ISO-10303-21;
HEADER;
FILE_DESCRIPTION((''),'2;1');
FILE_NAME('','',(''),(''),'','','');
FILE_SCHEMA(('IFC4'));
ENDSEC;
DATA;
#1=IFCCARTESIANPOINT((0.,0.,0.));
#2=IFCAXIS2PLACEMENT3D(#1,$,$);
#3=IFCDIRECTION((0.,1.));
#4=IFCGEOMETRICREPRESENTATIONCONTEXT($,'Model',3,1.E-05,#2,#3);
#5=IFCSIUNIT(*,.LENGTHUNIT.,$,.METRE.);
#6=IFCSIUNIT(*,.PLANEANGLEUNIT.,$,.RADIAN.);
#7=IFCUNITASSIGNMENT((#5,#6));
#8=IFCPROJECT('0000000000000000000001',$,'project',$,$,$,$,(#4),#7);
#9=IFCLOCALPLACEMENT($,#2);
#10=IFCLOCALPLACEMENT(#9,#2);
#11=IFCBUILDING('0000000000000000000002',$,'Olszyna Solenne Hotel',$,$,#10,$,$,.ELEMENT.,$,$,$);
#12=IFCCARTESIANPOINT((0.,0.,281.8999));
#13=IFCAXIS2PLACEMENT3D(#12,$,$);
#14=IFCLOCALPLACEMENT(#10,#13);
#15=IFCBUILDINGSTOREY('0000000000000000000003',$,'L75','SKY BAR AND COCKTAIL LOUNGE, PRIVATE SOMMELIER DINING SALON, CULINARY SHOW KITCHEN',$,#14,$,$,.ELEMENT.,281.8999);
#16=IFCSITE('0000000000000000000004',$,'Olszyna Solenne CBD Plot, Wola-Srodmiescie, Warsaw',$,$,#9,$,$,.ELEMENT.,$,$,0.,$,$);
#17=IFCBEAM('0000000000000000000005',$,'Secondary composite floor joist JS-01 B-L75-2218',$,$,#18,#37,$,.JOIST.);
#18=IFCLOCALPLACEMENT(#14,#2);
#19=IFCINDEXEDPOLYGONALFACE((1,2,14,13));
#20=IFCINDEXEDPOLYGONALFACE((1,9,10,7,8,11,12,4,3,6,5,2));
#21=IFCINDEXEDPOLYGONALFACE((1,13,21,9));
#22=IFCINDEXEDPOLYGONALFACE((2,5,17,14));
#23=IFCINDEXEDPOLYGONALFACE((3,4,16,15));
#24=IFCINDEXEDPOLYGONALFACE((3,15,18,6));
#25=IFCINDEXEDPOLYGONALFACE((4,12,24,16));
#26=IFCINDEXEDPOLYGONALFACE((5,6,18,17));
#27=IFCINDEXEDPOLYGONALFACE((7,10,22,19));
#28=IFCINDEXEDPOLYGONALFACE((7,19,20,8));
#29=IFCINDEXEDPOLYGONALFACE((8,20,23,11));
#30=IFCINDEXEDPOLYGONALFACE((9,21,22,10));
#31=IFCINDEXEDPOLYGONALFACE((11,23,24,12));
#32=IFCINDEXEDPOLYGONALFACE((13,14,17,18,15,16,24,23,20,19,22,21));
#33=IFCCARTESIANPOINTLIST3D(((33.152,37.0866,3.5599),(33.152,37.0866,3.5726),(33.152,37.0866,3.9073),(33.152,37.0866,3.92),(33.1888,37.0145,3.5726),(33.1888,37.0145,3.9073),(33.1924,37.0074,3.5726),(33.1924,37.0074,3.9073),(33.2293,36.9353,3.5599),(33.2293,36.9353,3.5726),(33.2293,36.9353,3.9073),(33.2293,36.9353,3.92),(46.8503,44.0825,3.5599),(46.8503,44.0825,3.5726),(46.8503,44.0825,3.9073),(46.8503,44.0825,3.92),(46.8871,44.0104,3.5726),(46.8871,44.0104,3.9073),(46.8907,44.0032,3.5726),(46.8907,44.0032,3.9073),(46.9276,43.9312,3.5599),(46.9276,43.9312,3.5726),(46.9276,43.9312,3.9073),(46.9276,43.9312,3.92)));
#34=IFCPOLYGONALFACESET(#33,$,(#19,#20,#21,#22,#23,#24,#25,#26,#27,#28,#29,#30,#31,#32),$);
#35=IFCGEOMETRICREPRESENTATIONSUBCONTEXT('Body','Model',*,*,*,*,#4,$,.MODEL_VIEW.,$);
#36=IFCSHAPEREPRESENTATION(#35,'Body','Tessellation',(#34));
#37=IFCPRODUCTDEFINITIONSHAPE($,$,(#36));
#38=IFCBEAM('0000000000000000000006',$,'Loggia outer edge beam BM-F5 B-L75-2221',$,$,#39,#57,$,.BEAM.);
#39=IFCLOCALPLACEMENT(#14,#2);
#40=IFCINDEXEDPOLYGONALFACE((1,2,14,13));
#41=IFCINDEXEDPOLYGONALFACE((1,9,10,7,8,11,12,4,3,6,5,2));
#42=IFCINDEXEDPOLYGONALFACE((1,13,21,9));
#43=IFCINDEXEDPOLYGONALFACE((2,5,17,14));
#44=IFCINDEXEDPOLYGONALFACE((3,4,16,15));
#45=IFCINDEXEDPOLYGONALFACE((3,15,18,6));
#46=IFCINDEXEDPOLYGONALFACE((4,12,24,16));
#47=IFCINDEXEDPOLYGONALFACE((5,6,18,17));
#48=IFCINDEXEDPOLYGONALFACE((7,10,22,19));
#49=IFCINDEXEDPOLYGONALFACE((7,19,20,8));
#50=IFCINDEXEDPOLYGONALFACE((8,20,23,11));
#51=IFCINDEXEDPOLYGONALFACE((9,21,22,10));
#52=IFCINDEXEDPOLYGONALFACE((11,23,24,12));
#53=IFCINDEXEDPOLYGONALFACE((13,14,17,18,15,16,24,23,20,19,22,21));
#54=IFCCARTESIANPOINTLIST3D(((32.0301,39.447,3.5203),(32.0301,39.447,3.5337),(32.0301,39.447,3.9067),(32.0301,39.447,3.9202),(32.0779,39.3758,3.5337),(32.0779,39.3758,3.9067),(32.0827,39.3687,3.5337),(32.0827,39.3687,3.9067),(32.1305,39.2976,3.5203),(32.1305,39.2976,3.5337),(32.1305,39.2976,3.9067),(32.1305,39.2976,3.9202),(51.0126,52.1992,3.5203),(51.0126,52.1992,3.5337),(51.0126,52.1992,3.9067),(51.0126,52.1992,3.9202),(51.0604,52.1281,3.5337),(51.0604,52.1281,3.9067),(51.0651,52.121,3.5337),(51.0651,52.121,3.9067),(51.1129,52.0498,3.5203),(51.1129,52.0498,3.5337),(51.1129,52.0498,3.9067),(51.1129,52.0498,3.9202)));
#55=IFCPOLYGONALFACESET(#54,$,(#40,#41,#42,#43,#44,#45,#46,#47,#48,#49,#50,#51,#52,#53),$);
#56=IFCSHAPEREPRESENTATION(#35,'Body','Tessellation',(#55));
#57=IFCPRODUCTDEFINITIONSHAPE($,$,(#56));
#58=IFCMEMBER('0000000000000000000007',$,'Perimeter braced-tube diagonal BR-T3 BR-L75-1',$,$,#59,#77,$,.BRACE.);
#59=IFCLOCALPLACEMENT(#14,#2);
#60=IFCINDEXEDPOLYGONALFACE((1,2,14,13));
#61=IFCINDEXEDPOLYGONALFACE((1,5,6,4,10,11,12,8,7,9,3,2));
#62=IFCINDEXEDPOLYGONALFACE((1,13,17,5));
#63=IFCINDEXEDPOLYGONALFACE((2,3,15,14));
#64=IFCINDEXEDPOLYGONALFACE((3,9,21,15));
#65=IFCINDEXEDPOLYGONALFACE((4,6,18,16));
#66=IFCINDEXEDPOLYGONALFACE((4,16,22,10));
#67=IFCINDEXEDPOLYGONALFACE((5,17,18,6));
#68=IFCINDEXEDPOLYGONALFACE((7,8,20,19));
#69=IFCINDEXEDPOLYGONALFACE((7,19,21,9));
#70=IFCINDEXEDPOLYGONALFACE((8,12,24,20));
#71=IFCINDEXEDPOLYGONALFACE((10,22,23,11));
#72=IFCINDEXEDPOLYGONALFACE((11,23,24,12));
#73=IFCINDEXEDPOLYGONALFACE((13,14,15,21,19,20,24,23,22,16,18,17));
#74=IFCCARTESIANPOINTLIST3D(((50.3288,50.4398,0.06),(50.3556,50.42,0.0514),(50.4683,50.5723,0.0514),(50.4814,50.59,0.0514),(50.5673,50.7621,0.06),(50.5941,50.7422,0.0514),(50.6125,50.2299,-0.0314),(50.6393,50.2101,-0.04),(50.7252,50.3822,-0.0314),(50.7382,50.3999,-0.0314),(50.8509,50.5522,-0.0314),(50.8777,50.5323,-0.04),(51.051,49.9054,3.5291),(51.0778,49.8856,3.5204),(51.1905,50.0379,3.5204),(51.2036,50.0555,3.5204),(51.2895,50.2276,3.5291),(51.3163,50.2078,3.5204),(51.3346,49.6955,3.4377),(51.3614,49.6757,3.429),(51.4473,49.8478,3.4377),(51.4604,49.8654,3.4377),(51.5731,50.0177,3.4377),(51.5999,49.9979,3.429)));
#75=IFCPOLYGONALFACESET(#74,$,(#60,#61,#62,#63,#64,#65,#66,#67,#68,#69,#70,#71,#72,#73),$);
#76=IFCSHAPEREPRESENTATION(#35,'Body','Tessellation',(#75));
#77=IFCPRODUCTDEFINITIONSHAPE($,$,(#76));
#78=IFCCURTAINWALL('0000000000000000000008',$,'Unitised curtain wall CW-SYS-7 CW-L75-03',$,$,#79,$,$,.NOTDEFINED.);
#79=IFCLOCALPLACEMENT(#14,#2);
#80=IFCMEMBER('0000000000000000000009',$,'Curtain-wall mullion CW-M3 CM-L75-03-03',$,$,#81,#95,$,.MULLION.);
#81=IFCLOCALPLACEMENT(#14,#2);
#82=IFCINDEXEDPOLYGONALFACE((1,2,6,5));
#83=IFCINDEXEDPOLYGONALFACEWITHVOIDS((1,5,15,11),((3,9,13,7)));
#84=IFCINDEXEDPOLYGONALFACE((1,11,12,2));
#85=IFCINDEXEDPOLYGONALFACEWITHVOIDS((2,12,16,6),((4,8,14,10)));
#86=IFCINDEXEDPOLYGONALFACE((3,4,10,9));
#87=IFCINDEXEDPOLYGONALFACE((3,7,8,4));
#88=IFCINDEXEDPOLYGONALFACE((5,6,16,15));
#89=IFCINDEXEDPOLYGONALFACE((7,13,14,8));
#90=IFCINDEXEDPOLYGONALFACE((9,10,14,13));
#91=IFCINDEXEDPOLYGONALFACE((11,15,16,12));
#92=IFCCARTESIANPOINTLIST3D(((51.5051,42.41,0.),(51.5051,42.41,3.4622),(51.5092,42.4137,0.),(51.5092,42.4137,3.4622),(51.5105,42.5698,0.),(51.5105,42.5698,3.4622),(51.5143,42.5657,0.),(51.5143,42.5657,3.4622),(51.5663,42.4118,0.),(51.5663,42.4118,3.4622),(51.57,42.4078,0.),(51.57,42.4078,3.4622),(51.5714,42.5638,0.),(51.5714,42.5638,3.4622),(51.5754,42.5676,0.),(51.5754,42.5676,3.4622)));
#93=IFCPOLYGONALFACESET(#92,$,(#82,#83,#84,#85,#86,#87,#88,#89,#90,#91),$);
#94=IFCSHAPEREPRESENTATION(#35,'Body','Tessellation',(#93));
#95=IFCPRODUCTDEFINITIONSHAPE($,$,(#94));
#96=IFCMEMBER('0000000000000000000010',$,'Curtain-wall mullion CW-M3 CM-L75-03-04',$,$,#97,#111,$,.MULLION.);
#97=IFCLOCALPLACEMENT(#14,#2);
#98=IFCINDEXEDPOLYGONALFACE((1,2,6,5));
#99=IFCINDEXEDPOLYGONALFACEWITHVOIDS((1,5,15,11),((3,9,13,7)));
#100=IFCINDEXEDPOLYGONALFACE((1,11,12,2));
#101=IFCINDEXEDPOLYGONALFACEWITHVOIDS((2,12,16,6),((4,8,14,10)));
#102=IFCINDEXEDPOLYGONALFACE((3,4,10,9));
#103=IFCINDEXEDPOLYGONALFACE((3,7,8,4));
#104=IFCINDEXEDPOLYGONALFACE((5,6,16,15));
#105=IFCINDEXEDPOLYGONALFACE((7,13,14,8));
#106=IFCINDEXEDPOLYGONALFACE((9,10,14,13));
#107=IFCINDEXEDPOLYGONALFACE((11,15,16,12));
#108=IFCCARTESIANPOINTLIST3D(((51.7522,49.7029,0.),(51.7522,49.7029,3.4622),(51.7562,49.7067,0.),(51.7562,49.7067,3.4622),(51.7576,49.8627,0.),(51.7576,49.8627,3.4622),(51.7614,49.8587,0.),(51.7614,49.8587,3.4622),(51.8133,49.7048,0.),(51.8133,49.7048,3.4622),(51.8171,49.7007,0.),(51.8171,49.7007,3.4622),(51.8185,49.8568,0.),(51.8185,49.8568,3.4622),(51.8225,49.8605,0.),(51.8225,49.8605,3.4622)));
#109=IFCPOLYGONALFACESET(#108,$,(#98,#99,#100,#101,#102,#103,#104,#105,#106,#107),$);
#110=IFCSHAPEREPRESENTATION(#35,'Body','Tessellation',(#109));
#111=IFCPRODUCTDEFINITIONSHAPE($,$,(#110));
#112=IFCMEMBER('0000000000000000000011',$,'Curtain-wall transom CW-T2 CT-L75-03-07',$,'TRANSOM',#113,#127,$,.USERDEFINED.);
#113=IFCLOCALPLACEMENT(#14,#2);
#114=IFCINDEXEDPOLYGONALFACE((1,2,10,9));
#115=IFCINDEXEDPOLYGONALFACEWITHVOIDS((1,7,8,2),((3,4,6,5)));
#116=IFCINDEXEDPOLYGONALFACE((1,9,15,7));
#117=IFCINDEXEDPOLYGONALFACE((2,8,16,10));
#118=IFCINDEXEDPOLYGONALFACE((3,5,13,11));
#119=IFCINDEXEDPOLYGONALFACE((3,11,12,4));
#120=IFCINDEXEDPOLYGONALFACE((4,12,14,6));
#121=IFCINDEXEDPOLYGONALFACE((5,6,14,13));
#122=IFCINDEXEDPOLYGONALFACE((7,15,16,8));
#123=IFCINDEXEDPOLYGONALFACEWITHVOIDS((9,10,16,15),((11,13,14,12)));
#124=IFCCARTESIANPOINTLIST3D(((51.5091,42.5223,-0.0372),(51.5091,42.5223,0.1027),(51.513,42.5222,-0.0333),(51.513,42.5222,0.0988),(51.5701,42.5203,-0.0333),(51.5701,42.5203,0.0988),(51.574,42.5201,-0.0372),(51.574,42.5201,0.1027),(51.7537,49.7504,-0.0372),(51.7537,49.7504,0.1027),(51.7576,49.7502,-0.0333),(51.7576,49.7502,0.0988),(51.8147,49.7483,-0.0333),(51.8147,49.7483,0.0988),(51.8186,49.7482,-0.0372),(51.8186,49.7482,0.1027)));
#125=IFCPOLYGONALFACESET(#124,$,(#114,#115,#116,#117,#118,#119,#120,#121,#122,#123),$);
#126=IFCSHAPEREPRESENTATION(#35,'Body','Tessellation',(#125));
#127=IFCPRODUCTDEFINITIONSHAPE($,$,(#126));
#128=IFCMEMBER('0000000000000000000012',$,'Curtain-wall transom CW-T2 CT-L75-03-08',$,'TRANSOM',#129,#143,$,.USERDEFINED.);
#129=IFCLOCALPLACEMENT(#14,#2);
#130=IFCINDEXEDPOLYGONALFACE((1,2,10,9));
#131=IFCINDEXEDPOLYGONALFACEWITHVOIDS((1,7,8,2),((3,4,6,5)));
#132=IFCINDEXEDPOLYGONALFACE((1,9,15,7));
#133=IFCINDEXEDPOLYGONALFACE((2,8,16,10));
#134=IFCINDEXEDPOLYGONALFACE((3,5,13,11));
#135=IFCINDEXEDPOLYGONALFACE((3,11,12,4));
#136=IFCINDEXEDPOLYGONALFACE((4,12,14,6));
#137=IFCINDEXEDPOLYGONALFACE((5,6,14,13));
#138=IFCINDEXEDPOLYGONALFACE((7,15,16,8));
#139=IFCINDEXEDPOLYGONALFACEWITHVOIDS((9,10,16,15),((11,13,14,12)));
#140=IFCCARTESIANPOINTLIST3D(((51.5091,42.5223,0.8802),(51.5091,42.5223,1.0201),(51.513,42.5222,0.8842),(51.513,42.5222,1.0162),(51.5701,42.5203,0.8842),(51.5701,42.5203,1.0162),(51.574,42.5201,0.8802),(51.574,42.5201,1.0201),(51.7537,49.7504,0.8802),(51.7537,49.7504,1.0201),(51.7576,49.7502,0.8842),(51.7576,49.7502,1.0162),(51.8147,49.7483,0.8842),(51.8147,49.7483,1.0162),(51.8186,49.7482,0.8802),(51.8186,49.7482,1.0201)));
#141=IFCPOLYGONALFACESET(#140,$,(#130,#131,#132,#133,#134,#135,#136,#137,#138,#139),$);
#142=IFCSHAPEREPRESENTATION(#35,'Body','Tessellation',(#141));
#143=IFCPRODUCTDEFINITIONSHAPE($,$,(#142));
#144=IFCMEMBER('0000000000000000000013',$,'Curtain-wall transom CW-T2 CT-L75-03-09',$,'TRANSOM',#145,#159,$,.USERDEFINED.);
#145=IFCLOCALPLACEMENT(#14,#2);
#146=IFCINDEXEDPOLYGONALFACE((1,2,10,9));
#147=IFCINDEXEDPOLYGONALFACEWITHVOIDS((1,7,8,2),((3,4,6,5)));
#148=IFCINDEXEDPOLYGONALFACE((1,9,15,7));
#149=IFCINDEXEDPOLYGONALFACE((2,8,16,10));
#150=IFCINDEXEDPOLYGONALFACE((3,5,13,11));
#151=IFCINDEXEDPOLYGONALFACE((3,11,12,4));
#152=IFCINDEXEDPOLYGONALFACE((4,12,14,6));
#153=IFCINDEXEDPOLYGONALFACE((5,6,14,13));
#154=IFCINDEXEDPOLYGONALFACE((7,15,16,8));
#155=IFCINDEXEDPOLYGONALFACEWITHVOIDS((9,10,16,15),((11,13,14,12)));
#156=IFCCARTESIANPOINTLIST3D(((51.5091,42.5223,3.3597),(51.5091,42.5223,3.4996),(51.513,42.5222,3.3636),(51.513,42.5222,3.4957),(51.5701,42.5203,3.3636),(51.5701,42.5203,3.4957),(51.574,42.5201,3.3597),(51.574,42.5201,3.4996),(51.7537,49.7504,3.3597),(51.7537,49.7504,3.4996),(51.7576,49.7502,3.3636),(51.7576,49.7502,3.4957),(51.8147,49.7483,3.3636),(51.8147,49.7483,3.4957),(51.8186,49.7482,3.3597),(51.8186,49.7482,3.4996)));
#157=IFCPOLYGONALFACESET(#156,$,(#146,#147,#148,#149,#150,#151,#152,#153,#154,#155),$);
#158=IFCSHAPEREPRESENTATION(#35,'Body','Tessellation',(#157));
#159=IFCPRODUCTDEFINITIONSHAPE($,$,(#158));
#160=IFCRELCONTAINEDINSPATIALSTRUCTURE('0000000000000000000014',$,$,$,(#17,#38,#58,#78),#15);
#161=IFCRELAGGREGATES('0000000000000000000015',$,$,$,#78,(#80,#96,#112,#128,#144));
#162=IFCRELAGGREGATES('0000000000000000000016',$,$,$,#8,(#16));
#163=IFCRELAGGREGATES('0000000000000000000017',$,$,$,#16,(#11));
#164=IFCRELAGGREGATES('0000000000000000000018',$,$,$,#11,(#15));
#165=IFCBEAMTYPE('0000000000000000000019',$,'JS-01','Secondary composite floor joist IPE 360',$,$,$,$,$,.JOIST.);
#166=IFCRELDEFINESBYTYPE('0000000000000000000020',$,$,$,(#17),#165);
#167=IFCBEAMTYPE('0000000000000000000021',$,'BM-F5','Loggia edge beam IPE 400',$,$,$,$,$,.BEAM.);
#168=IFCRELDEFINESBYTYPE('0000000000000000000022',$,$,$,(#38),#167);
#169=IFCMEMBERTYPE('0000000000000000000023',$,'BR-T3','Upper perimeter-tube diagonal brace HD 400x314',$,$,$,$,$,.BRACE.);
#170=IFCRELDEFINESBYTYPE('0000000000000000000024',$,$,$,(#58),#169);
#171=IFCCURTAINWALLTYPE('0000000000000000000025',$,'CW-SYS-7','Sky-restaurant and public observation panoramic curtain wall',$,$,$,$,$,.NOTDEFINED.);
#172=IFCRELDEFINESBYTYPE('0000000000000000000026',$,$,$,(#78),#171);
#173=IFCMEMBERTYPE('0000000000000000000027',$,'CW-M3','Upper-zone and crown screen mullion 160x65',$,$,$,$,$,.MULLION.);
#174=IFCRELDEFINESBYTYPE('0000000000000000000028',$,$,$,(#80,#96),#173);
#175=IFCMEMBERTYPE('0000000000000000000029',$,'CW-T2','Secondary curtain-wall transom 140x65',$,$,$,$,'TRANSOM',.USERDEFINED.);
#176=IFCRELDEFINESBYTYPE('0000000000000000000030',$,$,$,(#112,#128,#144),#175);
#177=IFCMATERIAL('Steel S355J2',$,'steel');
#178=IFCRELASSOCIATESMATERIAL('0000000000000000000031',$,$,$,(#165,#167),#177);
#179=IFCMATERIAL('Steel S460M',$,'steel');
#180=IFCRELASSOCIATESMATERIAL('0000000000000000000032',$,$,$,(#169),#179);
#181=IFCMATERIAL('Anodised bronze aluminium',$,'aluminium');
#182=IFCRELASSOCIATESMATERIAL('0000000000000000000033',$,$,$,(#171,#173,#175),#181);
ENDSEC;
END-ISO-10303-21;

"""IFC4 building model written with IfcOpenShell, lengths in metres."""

from ifc_helpers import new_model, si_unit, direction, frame, origin, origin_2d, place, context, subcontext, project, spatial, hollow_rectangle, i_section, extrude, source, transform, mapped, material, material_profile, profile_set, type_object, element, aggregate, save


model = new_model("IFC4")

# Units and contexts
model_context = context("Model", 3, precision=1e-05, world=origin(), true_north=direction((0.0, 1.0)))
body_context = subcontext(model_context, "Body", "Model", "MODEL_VIEW")
ifc_project = project(units=[si_unit("LENGTHUNIT", "METRE"), si_unit("PLANEANGLEUNIT", "RADIAN")], contexts=[model_context])

# Site, building, storey
site_placement = place(None, origin())
site = spatial("IfcSite", under=ifc_project, at=site_placement, Name="Olszyna Solenne CBD Plot, Wola-Srodmiescie, Warsaw", CompositionType="ELEMENT", RefElevation=0.0)
building_placement = place(site_placement, origin())
building = spatial("IfcBuilding", under=site, at=building_placement, Name="Olszyna Solenne Hotel", CompositionType="ELEMENT")
storey_placement = place(building_placement, frame((0.0, 0.0, 281.8999)))
storey = spatial("IfcBuildingStorey", under=building, at=storey_placement, Name="L75", Description="SKY BAR AND COCKTAIL LOUNGE, PRIVATE SOMMELIER DINING SALON, CULINARY SHOW KITCHEN", CompositionType="ELEMENT", Elevation=281.8999)

# Shared definitions
ifc_material_1 = material(Name="Steel S460M", Category="steel")

# Beams
ifc_material_2 = material(Name="Steel S355J2", Category="steel")
ifc_material_profile_1 = material_profile(ifc_material_2, i_section(OverallWidth=0.1699, OverallDepth=0.3601, WebThickness=0.0081, FlangeThickness=0.0127, at=origin_2d()), Name="IPE 360", Category="load-bearing")
ifc_profile_set_1 = profile_set([ifc_material_profile_1], Name="Steel S355J2")
beam_type_1 = type_object("IfcBeamType", Name="JS-01", Description="Secondary composite floor joist IPE 360", PredefinedType="JOIST", material=ifc_profile_set_1)
shared_shape_1 = source(origin(), body_context, "Body", "SweptSolid", [
    extrude(i_section(OverallWidth=0.1699, OverallDepth=0.3601, WebThickness=0.0081, FlangeThickness=0.0127, at=origin_2d()), origin(), (0.0, 0.0, 1.0), 15.3813),
])
beam_1_placement = place(storey_placement, frame((46.8889, 44.0068, 3.74), z_axis=(-0.890579, -0.454829, 0.0), x_axis=(0.454829, -0.890579, 0.0)))
element("IfcBeam", 1, at=beam_1_placement, inside=storey, type_object=beam_type_1, Name="Secondary composite floor joist JS-01 B-L75-2218", PredefinedType="JOIST", context=body_context, shape_type="MappedRepresentation", body=[
    mapped(shared_shape_1, transform((0.0, 0.0, 0.0), x_axis=(1.0, 0.0, 0.0), y_axis=(0.0, 1.0, 0.0), z_axis=(0.0, 0.0, 1.0), scale=1.0)),
])
ifc_material_profile_2 = material_profile(ifc_material_2, i_section(OverallWidth=0.1799, OverallDepth=0.3999, WebThickness=0.0085, FlangeThickness=0.0134, at=origin_2d()), Name="IPE 400", Category="load-bearing")
ifc_profile_set_2 = profile_set([ifc_material_profile_2], Name="Steel S355J2")
beam_type_2 = type_object("IfcBeamType", Name="BM-F5", Description="Loggia edge beam IPE 400", PredefinedType="BEAM", material=ifc_profile_set_2)
shared_shape_2 = source(origin(), body_context, "Body", "SweptSolid", [
    extrude(i_section(OverallWidth=0.1799, OverallDepth=0.3999, WebThickness=0.0085, FlangeThickness=0.0134, at=origin_2d()), origin(), (0.0, 0.0, 1.0), 22.8682),
])
beam_2_placement = place(storey_placement, frame((51.0627, 52.1245, 3.7202), z_axis=(-0.830082, -0.557641, 0.0), x_axis=(0.557641, -0.830082, 0.0)))
element("IfcBeam", 2, at=beam_2_placement, inside=storey, type_object=beam_type_2, Name="Loggia outer edge beam BM-F5 B-L75-2221", PredefinedType="BEAM", context=body_context, shape_type="MappedRepresentation", body=[
    mapped(shared_shape_2, transform((0.0, 0.0, 0.0), x_axis=(1.0, 0.0, 0.0), y_axis=(0.0, 1.0, 0.0), z_axis=(0.0, 0.0, 1.0), scale=1.0)),
])

# Member
ifc_material_profile_3 = material_profile(ifc_material_1, i_section(OverallWidth=0.4009, OverallDepth=0.3989, WebThickness=0.022, FlangeThickness=0.0344, at=origin_2d()), Name="HD 400x314", Category="load-bearing")
ifc_profile_set_3 = profile_set([ifc_material_profile_3], Name="Steel S460M")
member_type_1 = type_object("IfcMemberType", Name="BR-T3", Description="Upper perimeter-tube diagonal brace HD 400x314", PredefinedType="BRACE", material=ifc_profile_set_3)
shared_shape_3 = source(origin(), body_context, "Body", "SweptSolid", [
    extrude(i_section(OverallWidth=0.4009, OverallDepth=0.3989, WebThickness=0.022, FlangeThickness=0.0344, at=origin_2d()), origin(), (0.0, 0.0, 1.0), 3.5835),
])
member_1_placement = place(storey_placement, frame((50.6033, 50.4861, 0.01), z_axis=(0.201529, -0.149137, 0.968062), x_axis=(0.594857, 0.803832, 0.0)))
element("IfcMember", 3, at=member_1_placement, inside=storey, type_object=member_type_1, Name="Perimeter braced-tube diagonal BR-T3 BR-L75-1", PredefinedType="BRACE", context=body_context, shape_type="MappedRepresentation", body=[
    mapped(shared_shape_3, transform((0.0, 0.0, 0.0), x_axis=(1.0, 0.0, 0.0), y_axis=(0.0, 1.0, 0.0), z_axis=(0.0, 0.0, 1.0), scale=1.0)),
])

# Curtain wall, members
ifc_material_3 = material(Name="Anodised bronze aluminium", Category="aluminium")
curtain_wall_type = type_object("IfcCurtainWallType", Name="CW-SYS-7", Description="Sky-restaurant and public observation panoramic curtain wall", PredefinedType="NOTDEFINED", material=ifc_material_3)
curtain_wall_placement = place(storey_placement, origin())
curtain_wall = element("IfcCurtainWall", 4, at=curtain_wall_placement, inside=storey, type_object=curtain_wall_type, Name="Unitised curtain wall CW-SYS-7 CW-L75-03", PredefinedType="NOTDEFINED")
ifc_material_profile_4 = material_profile(ifc_material_3, hollow_rectangle(XDim=0.0649, YDim=0.1599, WallThickness=0.0039, at=origin_2d()), Name="MULL 160x65x4", Category="load-bearing")
ifc_profile_set_4 = profile_set([ifc_material_profile_4], Name="Anodised bronze aluminium")
member_type_2 = type_object("IfcMemberType", Name="CW-M3", Description="Upper-zone and crown screen mullion 160x65", PredefinedType="MULLION", material=ifc_profile_set_4)
shared_shape_4 = source(origin(), body_context, "Body", "SweptSolid", [
    extrude(hollow_rectangle(XDim=0.0649, YDim=0.1599, WallThickness=0.0039, at=origin_2d()), origin(), (0.0, 0.0, 1.0), 3.4622),
])
member_2_placement = place(storey_placement, frame((51.5403, 42.4888, 0.0), z_axis=(0.0, 0.0, 1.0), x_axis=(-0.999427, 0.033835, 0.0)))
member_2 = element("IfcMember", 5, at=member_2_placement, type_object=member_type_2, Name="Curtain-wall mullion CW-M3 CM-L75-03-03", PredefinedType="MULLION", context=body_context, shape_type="MappedRepresentation", body=[
    mapped(shared_shape_4, transform((0.0, 0.0, 0.0), x_axis=(1.0, 0.0, 0.0), y_axis=(0.0, 1.0, 0.0), z_axis=(0.0, 0.0, 1.0), scale=1.0)),
])
member_3_placement = place(storey_placement, frame((51.7874, 49.7817, 0.0), z_axis=(0.0, 0.0, 1.0), x_axis=(-0.999427, 0.033835, 0.0)))
member_3 = element("IfcMember", 6, at=member_3_placement, type_object=member_type_2, Name="Curtain-wall mullion CW-M3 CM-L75-03-04", PredefinedType="MULLION", context=body_context, shape_type="MappedRepresentation", body=[
    mapped(shared_shape_4, transform((0.0, 0.0, 0.0), x_axis=(1.0, 0.0, 0.0), y_axis=(0.0, 1.0, 0.0), z_axis=(0.0, 0.0, 1.0), scale=1.0)),
])
ifc_material_profile_5 = material_profile(ifc_material_3, hollow_rectangle(XDim=0.0649, YDim=0.1399, WallThickness=0.0039, at=origin_2d()), Name="TRAN 140x65x4", Category="load-bearing")
ifc_profile_set_5 = profile_set([ifc_material_profile_5], Name="Anodised bronze aluminium")
member_type_3 = type_object("IfcMemberType", Name="CW-T2", Description="Secondary curtain-wall transom 140x65", ElementType="TRANSOM", PredefinedType="USERDEFINED", material=ifc_profile_set_5)
shared_shape_5 = source(origin(), body_context, "Body", "SweptSolid", [
    extrude(hollow_rectangle(XDim=0.0649, YDim=0.1399, WallThickness=0.0039, at=origin_2d()), origin(), (0.0, 0.0, 1.0), 7.2322),
])
member_4_placement = place(storey_placement, frame((51.5415, 42.5212, 0.0327), z_axis=(0.033825, 0.999428, 0.0), x_axis=(-0.999428, 0.033825, 0.0)))
member_4 = element("IfcMember", 7, at=member_4_placement, type_object=member_type_3, Name="Curtain-wall transom CW-T2 CT-L75-03-07", ObjectType="TRANSOM", PredefinedType="USERDEFINED", context=body_context, shape_type="MappedRepresentation", body=[
    mapped(shared_shape_5, transform((0.0, 0.0, 0.0), x_axis=(1.0, 0.0, 0.0), y_axis=(0.0, 1.0, 0.0), z_axis=(0.0, 0.0, 1.0), scale=1.0)),
])
member_5_placement = place(storey_placement, frame((51.5415, 42.5212, 0.9502), z_axis=(0.033825, 0.999428, 0.0), x_axis=(-0.999428, 0.033825, 0.0)))
member_5 = element("IfcMember", 8, at=member_5_placement, type_object=member_type_3, Name="Curtain-wall transom CW-T2 CT-L75-03-08", ObjectType="TRANSOM", PredefinedType="USERDEFINED", context=body_context, shape_type="MappedRepresentation", body=[
    mapped(shared_shape_5, transform((0.0, 0.0, 0.0), x_axis=(1.0, 0.0, 0.0), y_axis=(0.0, 1.0, 0.0), z_axis=(0.0, 0.0, 1.0), scale=1.0)),
])
member_6_placement = place(storey_placement, frame((51.5415, 42.5212, 3.4297), z_axis=(0.033825, 0.999428, 0.0), x_axis=(-0.999428, 0.033825, 0.0)))
member_6 = element("IfcMember", 9, at=member_6_placement, type_object=member_type_3, Name="Curtain-wall transom CW-T2 CT-L75-03-09", ObjectType="TRANSOM", PredefinedType="USERDEFINED", context=body_context, shape_type="MappedRepresentation", body=[
    mapped(shared_shape_5, transform((0.0, 0.0, 0.0), x_axis=(1.0, 0.0, 0.0), y_axis=(0.0, 1.0, 0.0), z_axis=(0.0, 0.0, 1.0), scale=1.0)),
])

aggregate(curtain_wall, [member_2, member_3, member_4, member_5, member_6])

save(model, "model.ifc")
